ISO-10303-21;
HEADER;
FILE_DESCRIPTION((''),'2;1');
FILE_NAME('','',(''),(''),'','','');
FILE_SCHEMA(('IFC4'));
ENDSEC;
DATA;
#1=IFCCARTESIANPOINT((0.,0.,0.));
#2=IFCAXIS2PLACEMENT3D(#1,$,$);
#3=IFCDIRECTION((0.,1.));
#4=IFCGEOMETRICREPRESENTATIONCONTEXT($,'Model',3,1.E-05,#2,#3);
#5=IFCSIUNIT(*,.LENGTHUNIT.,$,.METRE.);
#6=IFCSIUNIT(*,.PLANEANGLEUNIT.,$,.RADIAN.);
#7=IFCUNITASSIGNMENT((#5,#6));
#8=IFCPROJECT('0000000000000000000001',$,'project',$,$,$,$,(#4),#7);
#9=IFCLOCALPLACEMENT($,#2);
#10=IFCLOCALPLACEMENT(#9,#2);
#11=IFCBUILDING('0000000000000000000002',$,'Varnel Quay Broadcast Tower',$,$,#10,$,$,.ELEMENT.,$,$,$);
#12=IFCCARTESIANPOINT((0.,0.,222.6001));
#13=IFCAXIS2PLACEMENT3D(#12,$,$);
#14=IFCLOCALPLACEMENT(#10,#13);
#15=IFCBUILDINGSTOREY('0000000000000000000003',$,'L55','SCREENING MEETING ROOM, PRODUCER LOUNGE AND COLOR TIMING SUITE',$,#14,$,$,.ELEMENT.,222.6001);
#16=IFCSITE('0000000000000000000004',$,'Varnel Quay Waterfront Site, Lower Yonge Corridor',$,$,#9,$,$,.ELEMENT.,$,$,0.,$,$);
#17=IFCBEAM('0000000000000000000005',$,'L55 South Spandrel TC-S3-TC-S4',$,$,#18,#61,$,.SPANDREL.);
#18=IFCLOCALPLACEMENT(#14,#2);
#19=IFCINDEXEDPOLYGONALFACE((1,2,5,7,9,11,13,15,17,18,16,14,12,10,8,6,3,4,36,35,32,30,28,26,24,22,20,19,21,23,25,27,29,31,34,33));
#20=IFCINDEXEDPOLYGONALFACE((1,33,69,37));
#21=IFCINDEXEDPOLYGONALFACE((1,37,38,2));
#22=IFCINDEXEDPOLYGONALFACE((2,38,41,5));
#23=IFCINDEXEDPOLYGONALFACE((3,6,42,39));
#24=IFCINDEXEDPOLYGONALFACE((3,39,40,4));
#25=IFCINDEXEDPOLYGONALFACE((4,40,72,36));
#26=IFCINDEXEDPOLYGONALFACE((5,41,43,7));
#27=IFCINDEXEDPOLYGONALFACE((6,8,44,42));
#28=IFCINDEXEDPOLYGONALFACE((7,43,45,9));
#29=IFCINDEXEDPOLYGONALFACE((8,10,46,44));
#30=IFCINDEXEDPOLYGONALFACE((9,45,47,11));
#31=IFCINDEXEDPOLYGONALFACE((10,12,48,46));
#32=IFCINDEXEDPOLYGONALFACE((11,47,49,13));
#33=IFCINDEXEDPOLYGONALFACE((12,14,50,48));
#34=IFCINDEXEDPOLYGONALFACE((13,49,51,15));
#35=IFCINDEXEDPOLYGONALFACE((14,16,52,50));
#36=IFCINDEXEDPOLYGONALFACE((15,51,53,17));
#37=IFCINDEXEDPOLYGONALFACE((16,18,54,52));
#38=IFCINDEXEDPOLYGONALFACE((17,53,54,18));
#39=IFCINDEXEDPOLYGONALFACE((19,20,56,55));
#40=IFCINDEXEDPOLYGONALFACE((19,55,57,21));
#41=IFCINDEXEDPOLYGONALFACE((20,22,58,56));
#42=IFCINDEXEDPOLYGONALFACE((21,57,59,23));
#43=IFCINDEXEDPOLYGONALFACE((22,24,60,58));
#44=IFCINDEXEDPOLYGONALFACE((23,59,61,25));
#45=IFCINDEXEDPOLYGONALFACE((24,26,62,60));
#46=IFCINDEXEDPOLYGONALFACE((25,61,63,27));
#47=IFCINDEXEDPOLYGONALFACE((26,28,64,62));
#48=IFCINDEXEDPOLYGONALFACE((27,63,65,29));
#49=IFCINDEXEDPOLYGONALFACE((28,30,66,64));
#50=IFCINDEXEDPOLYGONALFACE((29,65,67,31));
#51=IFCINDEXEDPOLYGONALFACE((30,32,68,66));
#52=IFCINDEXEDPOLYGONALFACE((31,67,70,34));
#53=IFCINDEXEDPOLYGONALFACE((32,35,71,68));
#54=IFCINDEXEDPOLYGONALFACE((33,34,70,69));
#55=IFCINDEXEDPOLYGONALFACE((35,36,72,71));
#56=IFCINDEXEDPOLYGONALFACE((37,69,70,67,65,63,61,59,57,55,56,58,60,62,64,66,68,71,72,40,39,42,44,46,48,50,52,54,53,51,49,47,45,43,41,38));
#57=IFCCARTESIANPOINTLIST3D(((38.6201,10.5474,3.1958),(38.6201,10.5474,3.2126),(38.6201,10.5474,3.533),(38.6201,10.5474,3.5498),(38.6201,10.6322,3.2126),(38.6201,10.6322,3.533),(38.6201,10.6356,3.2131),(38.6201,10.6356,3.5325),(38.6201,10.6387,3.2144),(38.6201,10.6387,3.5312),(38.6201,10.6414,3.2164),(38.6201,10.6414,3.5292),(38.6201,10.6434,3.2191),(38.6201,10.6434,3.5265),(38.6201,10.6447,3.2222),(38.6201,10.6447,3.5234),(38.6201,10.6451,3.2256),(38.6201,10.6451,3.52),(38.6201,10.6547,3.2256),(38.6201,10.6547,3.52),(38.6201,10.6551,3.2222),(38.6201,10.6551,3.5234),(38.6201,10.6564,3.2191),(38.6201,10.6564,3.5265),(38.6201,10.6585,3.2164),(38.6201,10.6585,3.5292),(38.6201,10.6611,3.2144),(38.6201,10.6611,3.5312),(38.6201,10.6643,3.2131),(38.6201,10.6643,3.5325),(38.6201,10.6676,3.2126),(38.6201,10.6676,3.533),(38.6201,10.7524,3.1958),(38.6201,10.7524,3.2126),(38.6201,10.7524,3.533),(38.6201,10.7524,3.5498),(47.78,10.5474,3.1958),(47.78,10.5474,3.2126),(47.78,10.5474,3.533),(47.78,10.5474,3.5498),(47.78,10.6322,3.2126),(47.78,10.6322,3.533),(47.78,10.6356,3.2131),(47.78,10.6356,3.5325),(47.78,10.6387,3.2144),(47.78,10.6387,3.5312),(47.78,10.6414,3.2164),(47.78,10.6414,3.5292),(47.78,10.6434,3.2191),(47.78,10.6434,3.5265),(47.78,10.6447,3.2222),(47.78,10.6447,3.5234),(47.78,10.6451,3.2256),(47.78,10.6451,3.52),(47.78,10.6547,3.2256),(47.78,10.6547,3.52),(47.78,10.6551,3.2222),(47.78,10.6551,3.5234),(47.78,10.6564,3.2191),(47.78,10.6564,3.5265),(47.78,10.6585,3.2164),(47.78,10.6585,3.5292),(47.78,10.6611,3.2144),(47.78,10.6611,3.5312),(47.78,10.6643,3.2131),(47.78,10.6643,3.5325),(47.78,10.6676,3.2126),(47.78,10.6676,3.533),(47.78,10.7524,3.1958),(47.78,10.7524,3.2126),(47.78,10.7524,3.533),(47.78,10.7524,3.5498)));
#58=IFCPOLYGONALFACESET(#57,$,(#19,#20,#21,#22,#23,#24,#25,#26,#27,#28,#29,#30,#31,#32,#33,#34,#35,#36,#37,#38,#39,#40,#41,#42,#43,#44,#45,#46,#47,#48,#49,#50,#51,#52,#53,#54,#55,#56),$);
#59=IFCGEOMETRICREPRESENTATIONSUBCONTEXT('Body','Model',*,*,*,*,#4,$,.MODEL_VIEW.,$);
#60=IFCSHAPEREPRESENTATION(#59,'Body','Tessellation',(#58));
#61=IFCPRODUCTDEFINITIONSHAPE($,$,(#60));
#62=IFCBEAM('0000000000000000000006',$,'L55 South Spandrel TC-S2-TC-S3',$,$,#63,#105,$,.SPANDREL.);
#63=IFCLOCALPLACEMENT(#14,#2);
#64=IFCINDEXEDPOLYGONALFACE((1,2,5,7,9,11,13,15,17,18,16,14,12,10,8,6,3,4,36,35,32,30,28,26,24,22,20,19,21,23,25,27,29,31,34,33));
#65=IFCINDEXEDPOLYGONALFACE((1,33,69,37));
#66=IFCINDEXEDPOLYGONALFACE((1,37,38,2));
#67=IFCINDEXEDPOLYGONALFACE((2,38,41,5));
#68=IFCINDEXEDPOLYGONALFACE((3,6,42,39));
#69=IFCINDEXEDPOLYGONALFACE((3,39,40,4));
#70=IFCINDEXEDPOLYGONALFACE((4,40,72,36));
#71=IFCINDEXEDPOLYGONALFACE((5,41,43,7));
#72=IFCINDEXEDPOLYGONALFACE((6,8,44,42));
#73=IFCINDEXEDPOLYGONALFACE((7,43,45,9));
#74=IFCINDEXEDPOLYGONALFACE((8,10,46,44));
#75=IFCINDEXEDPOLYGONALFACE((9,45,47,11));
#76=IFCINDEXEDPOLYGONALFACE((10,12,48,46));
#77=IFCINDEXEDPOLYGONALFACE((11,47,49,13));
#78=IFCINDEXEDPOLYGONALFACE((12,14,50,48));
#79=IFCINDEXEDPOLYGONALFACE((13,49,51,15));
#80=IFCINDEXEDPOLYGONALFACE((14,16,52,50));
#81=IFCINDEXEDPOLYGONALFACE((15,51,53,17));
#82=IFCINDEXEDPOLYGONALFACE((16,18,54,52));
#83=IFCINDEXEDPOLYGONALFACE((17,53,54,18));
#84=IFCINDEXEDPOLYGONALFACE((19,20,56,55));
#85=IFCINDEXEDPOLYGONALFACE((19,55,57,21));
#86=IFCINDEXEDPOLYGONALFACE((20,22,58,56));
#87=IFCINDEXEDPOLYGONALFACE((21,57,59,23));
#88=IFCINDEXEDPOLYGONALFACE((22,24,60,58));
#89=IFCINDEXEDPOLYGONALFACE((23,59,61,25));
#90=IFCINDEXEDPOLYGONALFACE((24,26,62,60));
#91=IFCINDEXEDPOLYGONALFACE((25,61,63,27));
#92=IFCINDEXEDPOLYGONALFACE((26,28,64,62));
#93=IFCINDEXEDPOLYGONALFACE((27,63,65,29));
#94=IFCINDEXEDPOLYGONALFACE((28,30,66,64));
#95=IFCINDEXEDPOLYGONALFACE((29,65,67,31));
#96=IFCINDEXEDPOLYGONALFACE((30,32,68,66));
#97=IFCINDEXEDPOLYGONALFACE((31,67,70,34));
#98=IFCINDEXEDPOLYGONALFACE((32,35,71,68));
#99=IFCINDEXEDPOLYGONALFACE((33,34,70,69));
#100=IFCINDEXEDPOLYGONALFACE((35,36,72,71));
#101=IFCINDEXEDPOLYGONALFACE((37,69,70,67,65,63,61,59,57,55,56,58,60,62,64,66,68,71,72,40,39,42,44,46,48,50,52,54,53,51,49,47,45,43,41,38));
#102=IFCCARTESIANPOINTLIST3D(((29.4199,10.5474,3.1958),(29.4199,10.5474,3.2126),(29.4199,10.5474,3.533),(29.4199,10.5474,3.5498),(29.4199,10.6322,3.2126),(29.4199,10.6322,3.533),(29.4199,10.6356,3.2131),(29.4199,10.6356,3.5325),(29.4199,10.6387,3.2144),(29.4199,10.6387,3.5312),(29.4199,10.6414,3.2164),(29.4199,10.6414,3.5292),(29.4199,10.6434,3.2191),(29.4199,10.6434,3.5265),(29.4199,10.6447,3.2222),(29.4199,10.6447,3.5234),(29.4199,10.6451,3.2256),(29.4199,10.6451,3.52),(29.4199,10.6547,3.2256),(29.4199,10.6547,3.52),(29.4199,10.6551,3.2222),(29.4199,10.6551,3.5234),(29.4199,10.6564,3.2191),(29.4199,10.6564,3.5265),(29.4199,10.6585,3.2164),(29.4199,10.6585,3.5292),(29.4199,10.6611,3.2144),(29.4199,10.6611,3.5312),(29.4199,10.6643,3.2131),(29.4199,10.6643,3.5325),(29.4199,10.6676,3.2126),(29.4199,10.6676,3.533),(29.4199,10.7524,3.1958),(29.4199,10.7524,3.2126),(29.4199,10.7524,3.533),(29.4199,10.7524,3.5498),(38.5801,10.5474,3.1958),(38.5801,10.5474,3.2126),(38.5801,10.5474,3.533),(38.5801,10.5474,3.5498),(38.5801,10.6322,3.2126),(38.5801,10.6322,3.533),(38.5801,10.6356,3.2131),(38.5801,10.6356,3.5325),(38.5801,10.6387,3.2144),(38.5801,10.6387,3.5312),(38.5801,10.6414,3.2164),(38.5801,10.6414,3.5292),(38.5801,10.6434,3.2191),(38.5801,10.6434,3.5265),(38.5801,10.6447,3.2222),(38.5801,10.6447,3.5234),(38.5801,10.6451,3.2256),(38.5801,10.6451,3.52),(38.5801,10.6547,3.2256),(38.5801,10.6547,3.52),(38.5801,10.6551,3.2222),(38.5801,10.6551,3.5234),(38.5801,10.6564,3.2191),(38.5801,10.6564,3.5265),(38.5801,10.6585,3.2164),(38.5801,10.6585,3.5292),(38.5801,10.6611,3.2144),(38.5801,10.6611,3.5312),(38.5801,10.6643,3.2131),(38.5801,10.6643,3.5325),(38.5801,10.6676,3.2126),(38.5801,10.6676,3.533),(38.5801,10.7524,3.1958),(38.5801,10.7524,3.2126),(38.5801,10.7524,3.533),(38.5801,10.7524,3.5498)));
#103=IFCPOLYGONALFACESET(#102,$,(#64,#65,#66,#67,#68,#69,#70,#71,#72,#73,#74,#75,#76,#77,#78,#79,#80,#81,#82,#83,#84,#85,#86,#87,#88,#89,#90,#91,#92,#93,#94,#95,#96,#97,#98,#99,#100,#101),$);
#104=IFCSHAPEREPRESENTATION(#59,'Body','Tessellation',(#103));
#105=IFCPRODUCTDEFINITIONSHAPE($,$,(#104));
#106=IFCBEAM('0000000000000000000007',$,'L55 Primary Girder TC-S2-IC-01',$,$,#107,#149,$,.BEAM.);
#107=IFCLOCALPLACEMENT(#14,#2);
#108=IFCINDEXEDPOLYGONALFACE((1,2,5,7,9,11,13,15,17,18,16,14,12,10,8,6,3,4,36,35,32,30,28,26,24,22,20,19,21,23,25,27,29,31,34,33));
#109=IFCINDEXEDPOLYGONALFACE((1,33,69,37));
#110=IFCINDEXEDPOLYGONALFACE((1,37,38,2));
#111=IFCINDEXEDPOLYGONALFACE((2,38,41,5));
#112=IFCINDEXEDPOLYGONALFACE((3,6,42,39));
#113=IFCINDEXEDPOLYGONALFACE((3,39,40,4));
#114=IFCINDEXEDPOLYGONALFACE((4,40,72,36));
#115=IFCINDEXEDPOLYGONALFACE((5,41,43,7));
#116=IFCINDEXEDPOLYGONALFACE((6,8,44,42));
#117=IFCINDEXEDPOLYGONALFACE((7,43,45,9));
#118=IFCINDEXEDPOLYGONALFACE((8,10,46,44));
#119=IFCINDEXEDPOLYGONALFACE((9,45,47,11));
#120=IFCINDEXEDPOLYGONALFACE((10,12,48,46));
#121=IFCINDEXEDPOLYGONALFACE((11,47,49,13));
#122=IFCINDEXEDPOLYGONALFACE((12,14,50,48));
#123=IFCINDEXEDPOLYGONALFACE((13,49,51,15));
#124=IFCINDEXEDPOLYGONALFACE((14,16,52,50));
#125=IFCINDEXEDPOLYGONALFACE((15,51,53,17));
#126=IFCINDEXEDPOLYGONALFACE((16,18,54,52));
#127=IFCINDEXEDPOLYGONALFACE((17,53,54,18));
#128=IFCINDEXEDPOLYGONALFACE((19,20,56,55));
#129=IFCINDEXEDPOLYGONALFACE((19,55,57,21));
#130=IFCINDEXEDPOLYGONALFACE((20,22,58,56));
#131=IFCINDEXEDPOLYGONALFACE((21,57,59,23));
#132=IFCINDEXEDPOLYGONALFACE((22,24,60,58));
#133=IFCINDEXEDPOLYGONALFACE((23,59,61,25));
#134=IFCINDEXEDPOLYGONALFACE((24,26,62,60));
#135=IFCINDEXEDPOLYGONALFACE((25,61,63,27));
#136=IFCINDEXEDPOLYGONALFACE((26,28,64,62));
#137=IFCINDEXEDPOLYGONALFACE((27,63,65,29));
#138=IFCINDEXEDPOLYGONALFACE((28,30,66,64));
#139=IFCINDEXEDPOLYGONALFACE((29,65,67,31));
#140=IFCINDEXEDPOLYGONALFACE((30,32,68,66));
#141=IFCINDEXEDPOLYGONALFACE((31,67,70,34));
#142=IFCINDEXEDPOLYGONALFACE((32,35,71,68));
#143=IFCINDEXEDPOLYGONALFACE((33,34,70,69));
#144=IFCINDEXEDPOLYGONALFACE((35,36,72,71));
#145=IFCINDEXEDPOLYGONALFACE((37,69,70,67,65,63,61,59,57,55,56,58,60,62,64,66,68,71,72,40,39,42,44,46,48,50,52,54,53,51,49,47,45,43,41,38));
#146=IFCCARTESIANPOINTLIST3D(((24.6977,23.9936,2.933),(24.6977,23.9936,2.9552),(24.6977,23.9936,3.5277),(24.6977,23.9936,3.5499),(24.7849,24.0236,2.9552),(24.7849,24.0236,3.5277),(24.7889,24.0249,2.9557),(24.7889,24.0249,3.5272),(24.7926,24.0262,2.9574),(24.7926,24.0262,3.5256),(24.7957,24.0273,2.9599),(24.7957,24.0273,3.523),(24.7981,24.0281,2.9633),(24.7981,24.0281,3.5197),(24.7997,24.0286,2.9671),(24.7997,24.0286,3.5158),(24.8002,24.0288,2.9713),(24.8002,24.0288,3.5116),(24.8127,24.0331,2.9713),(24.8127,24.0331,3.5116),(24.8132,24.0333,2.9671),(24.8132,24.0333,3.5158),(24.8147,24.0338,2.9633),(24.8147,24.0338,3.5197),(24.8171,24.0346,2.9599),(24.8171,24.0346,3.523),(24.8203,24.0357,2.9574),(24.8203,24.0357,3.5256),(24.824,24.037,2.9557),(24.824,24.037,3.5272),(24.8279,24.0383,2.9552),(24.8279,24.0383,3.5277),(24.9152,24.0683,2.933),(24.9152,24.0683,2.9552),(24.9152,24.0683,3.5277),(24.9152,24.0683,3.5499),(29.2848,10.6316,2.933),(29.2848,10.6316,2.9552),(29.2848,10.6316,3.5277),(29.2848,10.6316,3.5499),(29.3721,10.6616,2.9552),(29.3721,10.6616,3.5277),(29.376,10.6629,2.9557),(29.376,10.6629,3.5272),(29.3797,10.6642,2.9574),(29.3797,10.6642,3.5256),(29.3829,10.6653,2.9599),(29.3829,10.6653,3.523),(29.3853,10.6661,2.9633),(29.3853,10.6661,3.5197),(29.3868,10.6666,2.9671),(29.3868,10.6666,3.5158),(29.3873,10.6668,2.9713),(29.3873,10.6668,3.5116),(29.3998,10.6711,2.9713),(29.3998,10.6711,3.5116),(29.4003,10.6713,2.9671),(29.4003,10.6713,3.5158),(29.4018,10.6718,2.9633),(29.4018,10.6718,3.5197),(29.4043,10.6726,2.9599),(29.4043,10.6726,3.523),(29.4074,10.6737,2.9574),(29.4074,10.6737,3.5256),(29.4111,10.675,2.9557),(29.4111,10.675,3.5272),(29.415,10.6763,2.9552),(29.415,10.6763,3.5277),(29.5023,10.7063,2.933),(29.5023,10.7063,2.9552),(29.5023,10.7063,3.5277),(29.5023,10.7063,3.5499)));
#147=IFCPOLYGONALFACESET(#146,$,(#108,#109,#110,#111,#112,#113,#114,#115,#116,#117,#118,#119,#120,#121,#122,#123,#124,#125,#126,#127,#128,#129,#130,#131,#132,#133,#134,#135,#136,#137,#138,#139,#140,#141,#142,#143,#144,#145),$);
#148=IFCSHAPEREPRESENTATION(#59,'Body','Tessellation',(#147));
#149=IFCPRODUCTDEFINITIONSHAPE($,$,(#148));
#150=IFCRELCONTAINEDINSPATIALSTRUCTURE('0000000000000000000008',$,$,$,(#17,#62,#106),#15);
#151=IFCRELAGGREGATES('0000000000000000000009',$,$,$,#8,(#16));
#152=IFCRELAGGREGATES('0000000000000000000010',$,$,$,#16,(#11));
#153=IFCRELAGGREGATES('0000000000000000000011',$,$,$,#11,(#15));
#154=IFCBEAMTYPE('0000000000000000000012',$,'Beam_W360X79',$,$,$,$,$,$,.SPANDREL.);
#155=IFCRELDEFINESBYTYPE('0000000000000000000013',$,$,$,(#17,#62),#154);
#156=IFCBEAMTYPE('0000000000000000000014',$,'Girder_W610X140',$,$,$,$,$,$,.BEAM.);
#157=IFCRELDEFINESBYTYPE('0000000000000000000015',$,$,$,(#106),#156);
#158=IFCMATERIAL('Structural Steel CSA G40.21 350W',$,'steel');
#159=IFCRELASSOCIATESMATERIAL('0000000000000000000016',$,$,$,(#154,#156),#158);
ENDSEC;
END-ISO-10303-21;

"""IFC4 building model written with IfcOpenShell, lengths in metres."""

from ifc_helpers import new_model, si_unit, direction, frame, origin, origin_2d, place, context, subcontext, project, spatial, i_section, extrude, source, transform, mapped, material, material_profile, profile_set, type_object, type_shapes, element, save


model = new_model("IFC4")

# Units and contexts
model_context = context("Model", 3, precision=1e-05, world=origin(), true_north=direction((0.0, 1.0)))
body_context = subcontext(model_context, "Body", "Model", "MODEL_VIEW")
ifc_project = project(units=[si_unit("LENGTHUNIT", "METRE"), si_unit("PLANEANGLEUNIT", "RADIAN")], contexts=[model_context])

# Site, building, storey
site_placement = place(None, origin())
site = spatial("IfcSite", under=ifc_project, at=site_placement, Name="Varnel Quay Waterfront Site, Lower Yonge Corridor", CompositionType="ELEMENT", RefElevation=0.0)
building_placement = place(site_placement, origin())
building = spatial("IfcBuilding", under=site, at=building_placement, Name="Varnel Quay Broadcast Tower", CompositionType="ELEMENT")
storey_placement = place(building_placement, frame((0.0, 0.0, 222.6001)))
storey = spatial("IfcBuildingStorey", under=building, at=storey_placement, Name="L55", Description="SCREENING MEETING ROOM, PRODUCER LOUNGE AND COLOR TIMING SUITE", CompositionType="ELEMENT", Elevation=222.6001)

# Shared definitions
ifc_material_1 = material(Name="Structural Steel CSA G40.21 350W", Category="steel")

# Beams
ifc_material_profile_1 = material_profile(ifc_material_1, i_section(OverallWidth=0.2051, OverallDepth=0.354, WebThickness=0.0095, FlangeThickness=0.0168, FilletRadius=0.0129, at=origin_2d()), Name="W360X79")
ifc_profile_set_1 = profile_set([ifc_material_profile_1], Name="Structural Steel CSA G40.21 350W")
beam_type_1 = type_object("IfcBeamType", Name="Beam_W360X79", PredefinedType="SPANDREL", material=ifc_profile_set_1)
shared_shape_1 = source(origin(), body_context, "Body", "SweptSolid", [
    extrude(i_section(OverallWidth=0.2051, OverallDepth=0.354, WebThickness=0.0095, FlangeThickness=0.0168, FilletRadius=0.0129, at=origin_2d()), origin(), (0.0, 0.0, 1.0), 9.1599),
])
beam_1_placement = place(storey_placement, frame((38.6201, 10.6499, 3.3728), z_axis=(1.0, 0.0, 0.0), x_axis=(0.0, 1.0, 0.0)))
element("IfcBeam", 1, at=beam_1_placement, inside=storey, type_object=beam_type_1, Name="L55 South Spandrel TC-S3-TC-S4", PredefinedType="SPANDREL", context=body_context, shape_type="MappedRepresentation", body=[
    mapped(shared_shape_1, transform((0.0, 0.0, 0.0), x_axis=(1.0, 0.0, 0.0), y_axis=(0.0, 1.0, 0.0), z_axis=(0.0, 0.0, 1.0), scale=1.0)),
])
shared_shape_2 = source(origin(), body_context, "Body", "SweptSolid", [
    extrude(i_section(OverallWidth=0.2051, OverallDepth=0.354, WebThickness=0.0095, FlangeThickness=0.0168, FilletRadius=0.0129, at=origin_2d()), origin(), (0.0, 0.0, 1.0), 9.1602),
])
type_shapes(beam_type_1, [shared_shape_1, shared_shape_2])
beam_2_placement = place(storey_placement, frame((29.4199, 10.6499, 3.3728), z_axis=(1.0, 0.0, 0.0), x_axis=(0.0, 1.0, 0.0)))
element("IfcBeam", 2, at=beam_2_placement, inside=storey, type_object=beam_type_1, Name="L55 South Spandrel TC-S2-TC-S3", PredefinedType="SPANDREL", context=body_context, shape_type="MappedRepresentation", body=[
    mapped(shared_shape_2, transform((0.0, 0.0, 0.0), x_axis=(1.0, 0.0, 0.0), y_axis=(0.0, 1.0, 0.0), z_axis=(0.0, 0.0, 1.0), scale=1.0)),
])
ifc_material_profile_2 = material_profile(ifc_material_1, i_section(OverallWidth=0.23, OverallDepth=0.6169, WebThickness=0.0132, FlangeThickness=0.0222, FilletRadius=0.0161, at=origin_2d()), Name="W610X140")
ifc_profile_set_2 = profile_set([ifc_material_profile_2], Name="Structural Steel CSA G40.21 350W")
beam_type_2 = type_object("IfcBeamType", Name="Girder_W610X140", PredefinedType="BEAM", material=ifc_profile_set_2)
shared_shape_3 = source(origin(), body_context, "Body", "SweptSolid", [
    extrude(i_section(OverallWidth=0.23, OverallDepth=0.6169, WebThickness=0.0132, FlangeThickness=0.0222, FilletRadius=0.0161, at=origin_2d()), origin(), (0.0, 0.0, 1.0), 14.1274),
])
beam_3_placement = place(storey_placement, frame((29.3936, 10.6689, 3.2415), z_axis=(-0.324697, 0.945818, 0.0), x_axis=(-0.945818, -0.324697, 0.0)))
element("IfcBeam", 3, at=beam_3_placement, inside=storey, type_object=beam_type_2, Name="L55 Primary Girder TC-S2-IC-01", PredefinedType="BEAM", context=body_context, shape_type="MappedRepresentation", body=[
    mapped(shared_shape_3, transform((0.0, 0.0, 0.0), x_axis=(1.0, 0.0, 0.0), y_axis=(0.0, 1.0, 0.0), z_axis=(0.0, 0.0, 1.0), scale=1.0)),
])

save(model, "model.ifc")
